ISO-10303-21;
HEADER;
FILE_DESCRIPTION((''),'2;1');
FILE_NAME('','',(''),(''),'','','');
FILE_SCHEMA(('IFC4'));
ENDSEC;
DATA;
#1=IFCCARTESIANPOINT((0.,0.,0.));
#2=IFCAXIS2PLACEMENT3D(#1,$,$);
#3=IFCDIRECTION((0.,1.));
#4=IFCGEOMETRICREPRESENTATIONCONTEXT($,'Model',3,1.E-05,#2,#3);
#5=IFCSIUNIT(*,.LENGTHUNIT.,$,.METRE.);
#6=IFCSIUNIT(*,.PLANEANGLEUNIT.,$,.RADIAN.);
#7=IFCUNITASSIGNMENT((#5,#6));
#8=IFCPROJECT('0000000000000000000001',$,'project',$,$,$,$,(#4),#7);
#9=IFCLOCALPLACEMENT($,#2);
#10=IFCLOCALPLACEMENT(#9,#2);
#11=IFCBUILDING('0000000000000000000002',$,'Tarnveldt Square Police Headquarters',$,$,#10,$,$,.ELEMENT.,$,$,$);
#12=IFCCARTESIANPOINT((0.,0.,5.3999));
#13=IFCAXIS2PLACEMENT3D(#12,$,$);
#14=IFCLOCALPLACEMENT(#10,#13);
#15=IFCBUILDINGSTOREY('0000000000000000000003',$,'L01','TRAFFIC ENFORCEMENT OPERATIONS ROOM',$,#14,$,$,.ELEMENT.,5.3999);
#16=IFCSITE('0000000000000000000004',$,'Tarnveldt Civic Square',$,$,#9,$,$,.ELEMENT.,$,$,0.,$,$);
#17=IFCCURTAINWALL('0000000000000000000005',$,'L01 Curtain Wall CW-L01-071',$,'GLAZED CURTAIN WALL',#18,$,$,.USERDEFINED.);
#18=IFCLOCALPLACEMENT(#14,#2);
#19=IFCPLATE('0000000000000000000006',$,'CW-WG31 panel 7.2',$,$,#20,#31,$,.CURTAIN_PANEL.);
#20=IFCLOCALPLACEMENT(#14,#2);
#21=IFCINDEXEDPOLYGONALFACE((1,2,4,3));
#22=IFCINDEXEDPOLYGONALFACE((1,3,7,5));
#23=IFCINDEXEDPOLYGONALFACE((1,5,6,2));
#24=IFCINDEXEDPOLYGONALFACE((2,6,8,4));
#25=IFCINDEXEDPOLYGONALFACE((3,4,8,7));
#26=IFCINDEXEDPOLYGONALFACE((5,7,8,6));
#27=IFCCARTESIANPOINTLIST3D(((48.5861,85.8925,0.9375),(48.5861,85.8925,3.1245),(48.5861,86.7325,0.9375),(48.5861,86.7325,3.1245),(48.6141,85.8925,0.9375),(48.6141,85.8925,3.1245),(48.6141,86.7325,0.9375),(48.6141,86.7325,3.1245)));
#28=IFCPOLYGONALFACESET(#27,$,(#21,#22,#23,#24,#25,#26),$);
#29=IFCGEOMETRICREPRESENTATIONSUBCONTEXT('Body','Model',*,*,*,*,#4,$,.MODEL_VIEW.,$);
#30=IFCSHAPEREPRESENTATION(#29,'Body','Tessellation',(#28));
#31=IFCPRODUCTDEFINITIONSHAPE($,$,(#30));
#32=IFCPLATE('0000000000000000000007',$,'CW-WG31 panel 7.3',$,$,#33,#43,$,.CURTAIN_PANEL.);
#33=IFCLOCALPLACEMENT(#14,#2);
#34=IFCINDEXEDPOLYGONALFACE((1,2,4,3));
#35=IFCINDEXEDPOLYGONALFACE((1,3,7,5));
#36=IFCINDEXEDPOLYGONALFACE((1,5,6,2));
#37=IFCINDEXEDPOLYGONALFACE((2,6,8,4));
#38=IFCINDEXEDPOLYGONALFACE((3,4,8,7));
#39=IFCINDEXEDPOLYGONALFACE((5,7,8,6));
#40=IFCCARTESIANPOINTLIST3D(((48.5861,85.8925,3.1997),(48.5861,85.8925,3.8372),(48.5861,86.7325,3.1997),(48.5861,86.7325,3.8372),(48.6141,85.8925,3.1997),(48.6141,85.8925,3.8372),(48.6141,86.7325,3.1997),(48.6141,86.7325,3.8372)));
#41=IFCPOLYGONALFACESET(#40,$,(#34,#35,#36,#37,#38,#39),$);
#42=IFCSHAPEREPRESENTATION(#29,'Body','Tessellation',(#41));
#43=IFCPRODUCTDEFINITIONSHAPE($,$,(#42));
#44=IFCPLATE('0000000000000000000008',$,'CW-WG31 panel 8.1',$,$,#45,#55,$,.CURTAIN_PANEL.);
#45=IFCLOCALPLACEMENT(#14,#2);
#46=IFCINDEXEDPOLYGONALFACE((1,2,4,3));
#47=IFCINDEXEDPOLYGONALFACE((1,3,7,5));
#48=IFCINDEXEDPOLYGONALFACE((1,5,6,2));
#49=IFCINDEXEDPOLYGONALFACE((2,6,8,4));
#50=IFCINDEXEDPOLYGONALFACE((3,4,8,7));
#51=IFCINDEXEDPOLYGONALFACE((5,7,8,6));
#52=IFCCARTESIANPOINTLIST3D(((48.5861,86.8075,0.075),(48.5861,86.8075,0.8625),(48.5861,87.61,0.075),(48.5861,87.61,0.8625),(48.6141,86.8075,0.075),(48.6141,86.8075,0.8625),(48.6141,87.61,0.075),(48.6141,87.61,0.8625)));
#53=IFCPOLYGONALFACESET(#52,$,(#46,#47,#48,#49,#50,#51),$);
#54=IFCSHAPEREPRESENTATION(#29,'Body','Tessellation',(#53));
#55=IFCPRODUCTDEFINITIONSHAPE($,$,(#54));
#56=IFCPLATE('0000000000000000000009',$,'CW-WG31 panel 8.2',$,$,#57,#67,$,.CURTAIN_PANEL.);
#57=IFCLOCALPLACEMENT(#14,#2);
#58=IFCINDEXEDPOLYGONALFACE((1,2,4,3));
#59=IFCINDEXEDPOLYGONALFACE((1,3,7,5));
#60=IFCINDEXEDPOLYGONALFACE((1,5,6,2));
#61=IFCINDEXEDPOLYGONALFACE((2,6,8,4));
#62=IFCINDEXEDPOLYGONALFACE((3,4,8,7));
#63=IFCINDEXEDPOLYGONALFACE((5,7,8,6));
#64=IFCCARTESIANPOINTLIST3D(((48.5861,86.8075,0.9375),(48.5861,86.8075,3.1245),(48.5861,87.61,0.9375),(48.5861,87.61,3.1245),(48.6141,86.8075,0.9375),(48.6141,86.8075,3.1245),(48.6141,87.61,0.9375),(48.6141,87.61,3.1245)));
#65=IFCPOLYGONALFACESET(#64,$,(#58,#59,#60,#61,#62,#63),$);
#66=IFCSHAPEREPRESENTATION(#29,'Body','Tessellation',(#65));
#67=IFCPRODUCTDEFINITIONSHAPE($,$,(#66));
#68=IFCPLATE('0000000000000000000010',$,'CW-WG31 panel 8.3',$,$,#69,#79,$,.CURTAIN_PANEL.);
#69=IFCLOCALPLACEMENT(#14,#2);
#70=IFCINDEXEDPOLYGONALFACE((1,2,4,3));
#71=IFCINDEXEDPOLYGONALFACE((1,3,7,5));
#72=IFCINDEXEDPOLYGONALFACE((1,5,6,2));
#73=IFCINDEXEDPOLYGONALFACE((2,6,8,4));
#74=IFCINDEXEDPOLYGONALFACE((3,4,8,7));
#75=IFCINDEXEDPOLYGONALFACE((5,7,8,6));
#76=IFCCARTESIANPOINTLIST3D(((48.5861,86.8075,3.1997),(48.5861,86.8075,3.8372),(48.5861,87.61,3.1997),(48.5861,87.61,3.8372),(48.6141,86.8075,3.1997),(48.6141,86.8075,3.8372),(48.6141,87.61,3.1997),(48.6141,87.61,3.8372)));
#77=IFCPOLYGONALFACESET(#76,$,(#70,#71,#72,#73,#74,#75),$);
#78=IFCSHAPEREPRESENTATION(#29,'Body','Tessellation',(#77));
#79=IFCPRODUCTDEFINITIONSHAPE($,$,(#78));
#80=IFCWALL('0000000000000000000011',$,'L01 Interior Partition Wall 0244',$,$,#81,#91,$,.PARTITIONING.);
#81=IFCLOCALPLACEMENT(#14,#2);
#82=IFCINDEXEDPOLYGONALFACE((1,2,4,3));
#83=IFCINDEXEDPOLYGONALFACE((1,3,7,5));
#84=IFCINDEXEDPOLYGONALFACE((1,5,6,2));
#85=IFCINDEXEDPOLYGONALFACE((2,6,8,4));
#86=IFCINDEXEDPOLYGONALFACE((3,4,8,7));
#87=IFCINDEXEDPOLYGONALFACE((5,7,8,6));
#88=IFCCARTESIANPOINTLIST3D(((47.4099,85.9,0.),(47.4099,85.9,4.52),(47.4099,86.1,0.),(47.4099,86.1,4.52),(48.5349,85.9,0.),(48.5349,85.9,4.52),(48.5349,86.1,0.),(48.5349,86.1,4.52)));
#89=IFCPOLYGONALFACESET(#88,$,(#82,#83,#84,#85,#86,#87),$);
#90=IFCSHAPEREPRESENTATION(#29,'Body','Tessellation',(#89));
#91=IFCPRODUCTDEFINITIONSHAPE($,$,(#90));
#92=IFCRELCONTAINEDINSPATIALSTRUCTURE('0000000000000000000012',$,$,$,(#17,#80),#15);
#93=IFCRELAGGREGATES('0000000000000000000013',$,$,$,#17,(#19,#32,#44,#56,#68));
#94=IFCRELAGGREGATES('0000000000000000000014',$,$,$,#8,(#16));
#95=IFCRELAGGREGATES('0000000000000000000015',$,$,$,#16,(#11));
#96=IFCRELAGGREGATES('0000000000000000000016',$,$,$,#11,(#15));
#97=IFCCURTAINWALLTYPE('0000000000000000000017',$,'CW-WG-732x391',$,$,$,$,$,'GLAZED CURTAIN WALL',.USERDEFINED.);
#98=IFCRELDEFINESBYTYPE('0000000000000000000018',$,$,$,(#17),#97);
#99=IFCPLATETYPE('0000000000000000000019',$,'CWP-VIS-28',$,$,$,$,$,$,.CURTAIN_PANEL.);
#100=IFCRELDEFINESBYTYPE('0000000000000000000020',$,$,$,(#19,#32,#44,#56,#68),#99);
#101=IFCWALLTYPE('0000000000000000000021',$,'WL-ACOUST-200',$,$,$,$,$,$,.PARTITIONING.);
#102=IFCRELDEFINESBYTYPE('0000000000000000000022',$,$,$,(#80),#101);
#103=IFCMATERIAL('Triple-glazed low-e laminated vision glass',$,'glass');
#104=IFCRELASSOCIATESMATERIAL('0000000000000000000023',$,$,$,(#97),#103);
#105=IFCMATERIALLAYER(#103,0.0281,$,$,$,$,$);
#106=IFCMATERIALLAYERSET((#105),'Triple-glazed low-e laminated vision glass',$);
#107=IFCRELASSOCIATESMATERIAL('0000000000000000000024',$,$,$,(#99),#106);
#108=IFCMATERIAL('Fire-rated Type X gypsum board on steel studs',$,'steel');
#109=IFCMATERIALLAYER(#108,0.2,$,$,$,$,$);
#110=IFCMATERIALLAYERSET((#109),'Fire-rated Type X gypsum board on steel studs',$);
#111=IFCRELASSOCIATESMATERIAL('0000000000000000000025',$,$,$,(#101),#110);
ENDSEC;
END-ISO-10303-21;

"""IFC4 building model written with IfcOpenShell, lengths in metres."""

from ifc_helpers import new_model, si_unit, direction, frame, frame_2d, origin, origin_2d, place, context, subcontext, project, spatial, rectangle, extrude, material, layer, layer_set, type_object, element, aggregate, save


model = new_model("IFC4")

# Units and contexts
model_context = context("Model", 3, precision=1e-05, world=origin(), true_north=direction((0.0, 1.0)))
body_context = subcontext(model_context, "Body", "Model", "MODEL_VIEW")
ifc_project = project(units=[si_unit("LENGTHUNIT", "METRE"), si_unit("PLANEANGLEUNIT", "RADIAN")], contexts=[model_context])

# Site, building, storey
site_placement = place(None, origin())
site = spatial("IfcSite", under=ifc_project, at=site_placement, Name="Tarnveldt Civic Square", CompositionType="ELEMENT", RefElevation=0.0)
building_placement = place(site_placement, origin())
building = spatial("IfcBuilding", under=site, at=building_placement, Name="Tarnveldt Square Police Headquarters", CompositionType="ELEMENT")
storey_placement = place(building_placement, frame((0.0, 0.0, 5.3999)))
storey = spatial("IfcBuildingStorey", under=building, at=storey_placement, Name="L01", Description="TRAFFIC ENFORCEMENT OPERATIONS ROOM", CompositionType="ELEMENT", Elevation=5.3999)

# Curtain wall, plates
ifc_material_1 = material(Name="Triple-glazed low-e laminated vision glass", Category="glass")
curtain_wall_type = type_object("IfcCurtainWallType", Name="CW-WG-732x391", ElementType="GLAZED CURTAIN WALL", PredefinedType="USERDEFINED", material=ifc_material_1)
curtain_wall_placement = place(storey_placement, origin())
curtain_wall = element("IfcCurtainWall", 1, at=curtain_wall_placement, inside=storey, type_object=curtain_wall_type, Name="L01 Curtain Wall CW-L01-071", ObjectType="GLAZED CURTAIN WALL", PredefinedType="USERDEFINED")
ifc_layer_1 = layer(ifc_material_1, 0.0281)
ifc_layer_set_1 = layer_set([ifc_layer_1], Name="Triple-glazed low-e laminated vision glass")
plate_type = type_object("IfcPlateType", Name="CWP-VIS-28", PredefinedType="CURTAIN_PANEL", material=ifc_layer_set_1)
plate_1_placement = place(storey_placement, frame((48.6001, 86.3125, 0.9375), z_axis=(0.0, 0.0, 1.0), x_axis=(0.0, 1.0, 0.0)))
plate_1 = element("IfcPlate", 2, at=plate_1_placement, type_object=plate_type, Name="CW-WG31 panel 7.2", PredefinedType="CURTAIN_PANEL", context=body_context, shape_type="SweptSolid", body=[
    extrude(rectangle(XDim=0.8401, YDim=0.0281, at=origin_2d()), origin(), (0.0, 0.0, 1.0), 2.187),
])
plate_2_placement = place(storey_placement, frame((48.6001, 86.3125, 3.1997), z_axis=(0.0, 0.0, 1.0), x_axis=(0.0, 1.0, 0.0)))
plate_2 = element("IfcPlate", 3, at=plate_2_placement, type_object=plate_type, Name="CW-WG31 panel 7.3", PredefinedType="CURTAIN_PANEL", context=body_context, shape_type="SweptSolid", body=[
    extrude(rectangle(XDim=0.8401, YDim=0.0281, at=origin_2d()), origin(), (0.0, 0.0, 1.0), 0.6375),
])
plate_3_placement = place(storey_placement, frame((48.6001, 87.2087, 0.075), z_axis=(0.0, 0.0, 1.0), x_axis=(0.0, 1.0, 0.0)))
plate_3 = element("IfcPlate", 4, at=plate_3_placement, type_object=plate_type, Name="CW-WG31 panel 8.1", PredefinedType="CURTAIN_PANEL", context=body_context, shape_type="SweptSolid", body=[
    extrude(rectangle(XDim=0.8025, YDim=0.0281, at=origin_2d()), origin(), (0.0, 0.0, 1.0), 0.7876),
])
plate_4_placement = place(storey_placement, frame((48.6001, 87.2087, 0.9375), z_axis=(0.0, 0.0, 1.0), x_axis=(0.0, 1.0, 0.0)))
plate_4 = element("IfcPlate", 5, at=plate_4_placement, type_object=plate_type, Name="CW-WG31 panel 8.2", PredefinedType="CURTAIN_PANEL", context=body_context, shape_type="SweptSolid", body=[
    extrude(rectangle(XDim=0.8025, YDim=0.0281, at=origin_2d()), origin(), (0.0, 0.0, 1.0), 2.187),
])
plate_5_placement = place(storey_placement, frame((48.6001, 87.2087, 3.1997), z_axis=(0.0, 0.0, 1.0), x_axis=(0.0, 1.0, 0.0)))
plate_5 = element("IfcPlate", 6, at=plate_5_placement, type_object=plate_type, Name="CW-WG31 panel 8.3", PredefinedType="CURTAIN_PANEL", context=body_context, shape_type="SweptSolid", body=[
    extrude(rectangle(XDim=0.8025, YDim=0.0281, at=origin_2d()), origin(), (0.0, 0.0, 1.0), 0.6375),
])
aggregate(curtain_wall, [plate_1, plate_2, plate_3, plate_4, plate_5])

# Wall
ifc_material_2 = material(Name="Fire-rated Type X gypsum board on steel studs", Category="steel")
ifc_layer_2 = layer(ifc_material_2, 0.2)
ifc_layer_set_2 = layer_set([ifc_layer_2], Name="Fire-rated Type X gypsum board on steel studs")
wall_type = type_object("IfcWallType", Name="WL-ACOUST-200", PredefinedType="PARTITIONING", material=ifc_layer_set_2)
wall_placement = place(storey_placement, frame((47.4099, 86.0, 0.0), z_axis=(0.0, 0.0, 1.0), x_axis=(1.0, 0.0, 0.0)))
element("IfcWall", 7, at=wall_placement, inside=storey, type_object=wall_type, Name="L01 Interior Partition Wall 0244", PredefinedType="PARTITIONING", context=body_context, shape_type="SweptSolid", body=[
    extrude(rectangle(XDim=1.125, YDim=0.2, at=frame_2d((0.5625, 0.0))), origin(), (0.0, 0.0, 1.0), 4.52),
])

save(model, "model.ifc")
